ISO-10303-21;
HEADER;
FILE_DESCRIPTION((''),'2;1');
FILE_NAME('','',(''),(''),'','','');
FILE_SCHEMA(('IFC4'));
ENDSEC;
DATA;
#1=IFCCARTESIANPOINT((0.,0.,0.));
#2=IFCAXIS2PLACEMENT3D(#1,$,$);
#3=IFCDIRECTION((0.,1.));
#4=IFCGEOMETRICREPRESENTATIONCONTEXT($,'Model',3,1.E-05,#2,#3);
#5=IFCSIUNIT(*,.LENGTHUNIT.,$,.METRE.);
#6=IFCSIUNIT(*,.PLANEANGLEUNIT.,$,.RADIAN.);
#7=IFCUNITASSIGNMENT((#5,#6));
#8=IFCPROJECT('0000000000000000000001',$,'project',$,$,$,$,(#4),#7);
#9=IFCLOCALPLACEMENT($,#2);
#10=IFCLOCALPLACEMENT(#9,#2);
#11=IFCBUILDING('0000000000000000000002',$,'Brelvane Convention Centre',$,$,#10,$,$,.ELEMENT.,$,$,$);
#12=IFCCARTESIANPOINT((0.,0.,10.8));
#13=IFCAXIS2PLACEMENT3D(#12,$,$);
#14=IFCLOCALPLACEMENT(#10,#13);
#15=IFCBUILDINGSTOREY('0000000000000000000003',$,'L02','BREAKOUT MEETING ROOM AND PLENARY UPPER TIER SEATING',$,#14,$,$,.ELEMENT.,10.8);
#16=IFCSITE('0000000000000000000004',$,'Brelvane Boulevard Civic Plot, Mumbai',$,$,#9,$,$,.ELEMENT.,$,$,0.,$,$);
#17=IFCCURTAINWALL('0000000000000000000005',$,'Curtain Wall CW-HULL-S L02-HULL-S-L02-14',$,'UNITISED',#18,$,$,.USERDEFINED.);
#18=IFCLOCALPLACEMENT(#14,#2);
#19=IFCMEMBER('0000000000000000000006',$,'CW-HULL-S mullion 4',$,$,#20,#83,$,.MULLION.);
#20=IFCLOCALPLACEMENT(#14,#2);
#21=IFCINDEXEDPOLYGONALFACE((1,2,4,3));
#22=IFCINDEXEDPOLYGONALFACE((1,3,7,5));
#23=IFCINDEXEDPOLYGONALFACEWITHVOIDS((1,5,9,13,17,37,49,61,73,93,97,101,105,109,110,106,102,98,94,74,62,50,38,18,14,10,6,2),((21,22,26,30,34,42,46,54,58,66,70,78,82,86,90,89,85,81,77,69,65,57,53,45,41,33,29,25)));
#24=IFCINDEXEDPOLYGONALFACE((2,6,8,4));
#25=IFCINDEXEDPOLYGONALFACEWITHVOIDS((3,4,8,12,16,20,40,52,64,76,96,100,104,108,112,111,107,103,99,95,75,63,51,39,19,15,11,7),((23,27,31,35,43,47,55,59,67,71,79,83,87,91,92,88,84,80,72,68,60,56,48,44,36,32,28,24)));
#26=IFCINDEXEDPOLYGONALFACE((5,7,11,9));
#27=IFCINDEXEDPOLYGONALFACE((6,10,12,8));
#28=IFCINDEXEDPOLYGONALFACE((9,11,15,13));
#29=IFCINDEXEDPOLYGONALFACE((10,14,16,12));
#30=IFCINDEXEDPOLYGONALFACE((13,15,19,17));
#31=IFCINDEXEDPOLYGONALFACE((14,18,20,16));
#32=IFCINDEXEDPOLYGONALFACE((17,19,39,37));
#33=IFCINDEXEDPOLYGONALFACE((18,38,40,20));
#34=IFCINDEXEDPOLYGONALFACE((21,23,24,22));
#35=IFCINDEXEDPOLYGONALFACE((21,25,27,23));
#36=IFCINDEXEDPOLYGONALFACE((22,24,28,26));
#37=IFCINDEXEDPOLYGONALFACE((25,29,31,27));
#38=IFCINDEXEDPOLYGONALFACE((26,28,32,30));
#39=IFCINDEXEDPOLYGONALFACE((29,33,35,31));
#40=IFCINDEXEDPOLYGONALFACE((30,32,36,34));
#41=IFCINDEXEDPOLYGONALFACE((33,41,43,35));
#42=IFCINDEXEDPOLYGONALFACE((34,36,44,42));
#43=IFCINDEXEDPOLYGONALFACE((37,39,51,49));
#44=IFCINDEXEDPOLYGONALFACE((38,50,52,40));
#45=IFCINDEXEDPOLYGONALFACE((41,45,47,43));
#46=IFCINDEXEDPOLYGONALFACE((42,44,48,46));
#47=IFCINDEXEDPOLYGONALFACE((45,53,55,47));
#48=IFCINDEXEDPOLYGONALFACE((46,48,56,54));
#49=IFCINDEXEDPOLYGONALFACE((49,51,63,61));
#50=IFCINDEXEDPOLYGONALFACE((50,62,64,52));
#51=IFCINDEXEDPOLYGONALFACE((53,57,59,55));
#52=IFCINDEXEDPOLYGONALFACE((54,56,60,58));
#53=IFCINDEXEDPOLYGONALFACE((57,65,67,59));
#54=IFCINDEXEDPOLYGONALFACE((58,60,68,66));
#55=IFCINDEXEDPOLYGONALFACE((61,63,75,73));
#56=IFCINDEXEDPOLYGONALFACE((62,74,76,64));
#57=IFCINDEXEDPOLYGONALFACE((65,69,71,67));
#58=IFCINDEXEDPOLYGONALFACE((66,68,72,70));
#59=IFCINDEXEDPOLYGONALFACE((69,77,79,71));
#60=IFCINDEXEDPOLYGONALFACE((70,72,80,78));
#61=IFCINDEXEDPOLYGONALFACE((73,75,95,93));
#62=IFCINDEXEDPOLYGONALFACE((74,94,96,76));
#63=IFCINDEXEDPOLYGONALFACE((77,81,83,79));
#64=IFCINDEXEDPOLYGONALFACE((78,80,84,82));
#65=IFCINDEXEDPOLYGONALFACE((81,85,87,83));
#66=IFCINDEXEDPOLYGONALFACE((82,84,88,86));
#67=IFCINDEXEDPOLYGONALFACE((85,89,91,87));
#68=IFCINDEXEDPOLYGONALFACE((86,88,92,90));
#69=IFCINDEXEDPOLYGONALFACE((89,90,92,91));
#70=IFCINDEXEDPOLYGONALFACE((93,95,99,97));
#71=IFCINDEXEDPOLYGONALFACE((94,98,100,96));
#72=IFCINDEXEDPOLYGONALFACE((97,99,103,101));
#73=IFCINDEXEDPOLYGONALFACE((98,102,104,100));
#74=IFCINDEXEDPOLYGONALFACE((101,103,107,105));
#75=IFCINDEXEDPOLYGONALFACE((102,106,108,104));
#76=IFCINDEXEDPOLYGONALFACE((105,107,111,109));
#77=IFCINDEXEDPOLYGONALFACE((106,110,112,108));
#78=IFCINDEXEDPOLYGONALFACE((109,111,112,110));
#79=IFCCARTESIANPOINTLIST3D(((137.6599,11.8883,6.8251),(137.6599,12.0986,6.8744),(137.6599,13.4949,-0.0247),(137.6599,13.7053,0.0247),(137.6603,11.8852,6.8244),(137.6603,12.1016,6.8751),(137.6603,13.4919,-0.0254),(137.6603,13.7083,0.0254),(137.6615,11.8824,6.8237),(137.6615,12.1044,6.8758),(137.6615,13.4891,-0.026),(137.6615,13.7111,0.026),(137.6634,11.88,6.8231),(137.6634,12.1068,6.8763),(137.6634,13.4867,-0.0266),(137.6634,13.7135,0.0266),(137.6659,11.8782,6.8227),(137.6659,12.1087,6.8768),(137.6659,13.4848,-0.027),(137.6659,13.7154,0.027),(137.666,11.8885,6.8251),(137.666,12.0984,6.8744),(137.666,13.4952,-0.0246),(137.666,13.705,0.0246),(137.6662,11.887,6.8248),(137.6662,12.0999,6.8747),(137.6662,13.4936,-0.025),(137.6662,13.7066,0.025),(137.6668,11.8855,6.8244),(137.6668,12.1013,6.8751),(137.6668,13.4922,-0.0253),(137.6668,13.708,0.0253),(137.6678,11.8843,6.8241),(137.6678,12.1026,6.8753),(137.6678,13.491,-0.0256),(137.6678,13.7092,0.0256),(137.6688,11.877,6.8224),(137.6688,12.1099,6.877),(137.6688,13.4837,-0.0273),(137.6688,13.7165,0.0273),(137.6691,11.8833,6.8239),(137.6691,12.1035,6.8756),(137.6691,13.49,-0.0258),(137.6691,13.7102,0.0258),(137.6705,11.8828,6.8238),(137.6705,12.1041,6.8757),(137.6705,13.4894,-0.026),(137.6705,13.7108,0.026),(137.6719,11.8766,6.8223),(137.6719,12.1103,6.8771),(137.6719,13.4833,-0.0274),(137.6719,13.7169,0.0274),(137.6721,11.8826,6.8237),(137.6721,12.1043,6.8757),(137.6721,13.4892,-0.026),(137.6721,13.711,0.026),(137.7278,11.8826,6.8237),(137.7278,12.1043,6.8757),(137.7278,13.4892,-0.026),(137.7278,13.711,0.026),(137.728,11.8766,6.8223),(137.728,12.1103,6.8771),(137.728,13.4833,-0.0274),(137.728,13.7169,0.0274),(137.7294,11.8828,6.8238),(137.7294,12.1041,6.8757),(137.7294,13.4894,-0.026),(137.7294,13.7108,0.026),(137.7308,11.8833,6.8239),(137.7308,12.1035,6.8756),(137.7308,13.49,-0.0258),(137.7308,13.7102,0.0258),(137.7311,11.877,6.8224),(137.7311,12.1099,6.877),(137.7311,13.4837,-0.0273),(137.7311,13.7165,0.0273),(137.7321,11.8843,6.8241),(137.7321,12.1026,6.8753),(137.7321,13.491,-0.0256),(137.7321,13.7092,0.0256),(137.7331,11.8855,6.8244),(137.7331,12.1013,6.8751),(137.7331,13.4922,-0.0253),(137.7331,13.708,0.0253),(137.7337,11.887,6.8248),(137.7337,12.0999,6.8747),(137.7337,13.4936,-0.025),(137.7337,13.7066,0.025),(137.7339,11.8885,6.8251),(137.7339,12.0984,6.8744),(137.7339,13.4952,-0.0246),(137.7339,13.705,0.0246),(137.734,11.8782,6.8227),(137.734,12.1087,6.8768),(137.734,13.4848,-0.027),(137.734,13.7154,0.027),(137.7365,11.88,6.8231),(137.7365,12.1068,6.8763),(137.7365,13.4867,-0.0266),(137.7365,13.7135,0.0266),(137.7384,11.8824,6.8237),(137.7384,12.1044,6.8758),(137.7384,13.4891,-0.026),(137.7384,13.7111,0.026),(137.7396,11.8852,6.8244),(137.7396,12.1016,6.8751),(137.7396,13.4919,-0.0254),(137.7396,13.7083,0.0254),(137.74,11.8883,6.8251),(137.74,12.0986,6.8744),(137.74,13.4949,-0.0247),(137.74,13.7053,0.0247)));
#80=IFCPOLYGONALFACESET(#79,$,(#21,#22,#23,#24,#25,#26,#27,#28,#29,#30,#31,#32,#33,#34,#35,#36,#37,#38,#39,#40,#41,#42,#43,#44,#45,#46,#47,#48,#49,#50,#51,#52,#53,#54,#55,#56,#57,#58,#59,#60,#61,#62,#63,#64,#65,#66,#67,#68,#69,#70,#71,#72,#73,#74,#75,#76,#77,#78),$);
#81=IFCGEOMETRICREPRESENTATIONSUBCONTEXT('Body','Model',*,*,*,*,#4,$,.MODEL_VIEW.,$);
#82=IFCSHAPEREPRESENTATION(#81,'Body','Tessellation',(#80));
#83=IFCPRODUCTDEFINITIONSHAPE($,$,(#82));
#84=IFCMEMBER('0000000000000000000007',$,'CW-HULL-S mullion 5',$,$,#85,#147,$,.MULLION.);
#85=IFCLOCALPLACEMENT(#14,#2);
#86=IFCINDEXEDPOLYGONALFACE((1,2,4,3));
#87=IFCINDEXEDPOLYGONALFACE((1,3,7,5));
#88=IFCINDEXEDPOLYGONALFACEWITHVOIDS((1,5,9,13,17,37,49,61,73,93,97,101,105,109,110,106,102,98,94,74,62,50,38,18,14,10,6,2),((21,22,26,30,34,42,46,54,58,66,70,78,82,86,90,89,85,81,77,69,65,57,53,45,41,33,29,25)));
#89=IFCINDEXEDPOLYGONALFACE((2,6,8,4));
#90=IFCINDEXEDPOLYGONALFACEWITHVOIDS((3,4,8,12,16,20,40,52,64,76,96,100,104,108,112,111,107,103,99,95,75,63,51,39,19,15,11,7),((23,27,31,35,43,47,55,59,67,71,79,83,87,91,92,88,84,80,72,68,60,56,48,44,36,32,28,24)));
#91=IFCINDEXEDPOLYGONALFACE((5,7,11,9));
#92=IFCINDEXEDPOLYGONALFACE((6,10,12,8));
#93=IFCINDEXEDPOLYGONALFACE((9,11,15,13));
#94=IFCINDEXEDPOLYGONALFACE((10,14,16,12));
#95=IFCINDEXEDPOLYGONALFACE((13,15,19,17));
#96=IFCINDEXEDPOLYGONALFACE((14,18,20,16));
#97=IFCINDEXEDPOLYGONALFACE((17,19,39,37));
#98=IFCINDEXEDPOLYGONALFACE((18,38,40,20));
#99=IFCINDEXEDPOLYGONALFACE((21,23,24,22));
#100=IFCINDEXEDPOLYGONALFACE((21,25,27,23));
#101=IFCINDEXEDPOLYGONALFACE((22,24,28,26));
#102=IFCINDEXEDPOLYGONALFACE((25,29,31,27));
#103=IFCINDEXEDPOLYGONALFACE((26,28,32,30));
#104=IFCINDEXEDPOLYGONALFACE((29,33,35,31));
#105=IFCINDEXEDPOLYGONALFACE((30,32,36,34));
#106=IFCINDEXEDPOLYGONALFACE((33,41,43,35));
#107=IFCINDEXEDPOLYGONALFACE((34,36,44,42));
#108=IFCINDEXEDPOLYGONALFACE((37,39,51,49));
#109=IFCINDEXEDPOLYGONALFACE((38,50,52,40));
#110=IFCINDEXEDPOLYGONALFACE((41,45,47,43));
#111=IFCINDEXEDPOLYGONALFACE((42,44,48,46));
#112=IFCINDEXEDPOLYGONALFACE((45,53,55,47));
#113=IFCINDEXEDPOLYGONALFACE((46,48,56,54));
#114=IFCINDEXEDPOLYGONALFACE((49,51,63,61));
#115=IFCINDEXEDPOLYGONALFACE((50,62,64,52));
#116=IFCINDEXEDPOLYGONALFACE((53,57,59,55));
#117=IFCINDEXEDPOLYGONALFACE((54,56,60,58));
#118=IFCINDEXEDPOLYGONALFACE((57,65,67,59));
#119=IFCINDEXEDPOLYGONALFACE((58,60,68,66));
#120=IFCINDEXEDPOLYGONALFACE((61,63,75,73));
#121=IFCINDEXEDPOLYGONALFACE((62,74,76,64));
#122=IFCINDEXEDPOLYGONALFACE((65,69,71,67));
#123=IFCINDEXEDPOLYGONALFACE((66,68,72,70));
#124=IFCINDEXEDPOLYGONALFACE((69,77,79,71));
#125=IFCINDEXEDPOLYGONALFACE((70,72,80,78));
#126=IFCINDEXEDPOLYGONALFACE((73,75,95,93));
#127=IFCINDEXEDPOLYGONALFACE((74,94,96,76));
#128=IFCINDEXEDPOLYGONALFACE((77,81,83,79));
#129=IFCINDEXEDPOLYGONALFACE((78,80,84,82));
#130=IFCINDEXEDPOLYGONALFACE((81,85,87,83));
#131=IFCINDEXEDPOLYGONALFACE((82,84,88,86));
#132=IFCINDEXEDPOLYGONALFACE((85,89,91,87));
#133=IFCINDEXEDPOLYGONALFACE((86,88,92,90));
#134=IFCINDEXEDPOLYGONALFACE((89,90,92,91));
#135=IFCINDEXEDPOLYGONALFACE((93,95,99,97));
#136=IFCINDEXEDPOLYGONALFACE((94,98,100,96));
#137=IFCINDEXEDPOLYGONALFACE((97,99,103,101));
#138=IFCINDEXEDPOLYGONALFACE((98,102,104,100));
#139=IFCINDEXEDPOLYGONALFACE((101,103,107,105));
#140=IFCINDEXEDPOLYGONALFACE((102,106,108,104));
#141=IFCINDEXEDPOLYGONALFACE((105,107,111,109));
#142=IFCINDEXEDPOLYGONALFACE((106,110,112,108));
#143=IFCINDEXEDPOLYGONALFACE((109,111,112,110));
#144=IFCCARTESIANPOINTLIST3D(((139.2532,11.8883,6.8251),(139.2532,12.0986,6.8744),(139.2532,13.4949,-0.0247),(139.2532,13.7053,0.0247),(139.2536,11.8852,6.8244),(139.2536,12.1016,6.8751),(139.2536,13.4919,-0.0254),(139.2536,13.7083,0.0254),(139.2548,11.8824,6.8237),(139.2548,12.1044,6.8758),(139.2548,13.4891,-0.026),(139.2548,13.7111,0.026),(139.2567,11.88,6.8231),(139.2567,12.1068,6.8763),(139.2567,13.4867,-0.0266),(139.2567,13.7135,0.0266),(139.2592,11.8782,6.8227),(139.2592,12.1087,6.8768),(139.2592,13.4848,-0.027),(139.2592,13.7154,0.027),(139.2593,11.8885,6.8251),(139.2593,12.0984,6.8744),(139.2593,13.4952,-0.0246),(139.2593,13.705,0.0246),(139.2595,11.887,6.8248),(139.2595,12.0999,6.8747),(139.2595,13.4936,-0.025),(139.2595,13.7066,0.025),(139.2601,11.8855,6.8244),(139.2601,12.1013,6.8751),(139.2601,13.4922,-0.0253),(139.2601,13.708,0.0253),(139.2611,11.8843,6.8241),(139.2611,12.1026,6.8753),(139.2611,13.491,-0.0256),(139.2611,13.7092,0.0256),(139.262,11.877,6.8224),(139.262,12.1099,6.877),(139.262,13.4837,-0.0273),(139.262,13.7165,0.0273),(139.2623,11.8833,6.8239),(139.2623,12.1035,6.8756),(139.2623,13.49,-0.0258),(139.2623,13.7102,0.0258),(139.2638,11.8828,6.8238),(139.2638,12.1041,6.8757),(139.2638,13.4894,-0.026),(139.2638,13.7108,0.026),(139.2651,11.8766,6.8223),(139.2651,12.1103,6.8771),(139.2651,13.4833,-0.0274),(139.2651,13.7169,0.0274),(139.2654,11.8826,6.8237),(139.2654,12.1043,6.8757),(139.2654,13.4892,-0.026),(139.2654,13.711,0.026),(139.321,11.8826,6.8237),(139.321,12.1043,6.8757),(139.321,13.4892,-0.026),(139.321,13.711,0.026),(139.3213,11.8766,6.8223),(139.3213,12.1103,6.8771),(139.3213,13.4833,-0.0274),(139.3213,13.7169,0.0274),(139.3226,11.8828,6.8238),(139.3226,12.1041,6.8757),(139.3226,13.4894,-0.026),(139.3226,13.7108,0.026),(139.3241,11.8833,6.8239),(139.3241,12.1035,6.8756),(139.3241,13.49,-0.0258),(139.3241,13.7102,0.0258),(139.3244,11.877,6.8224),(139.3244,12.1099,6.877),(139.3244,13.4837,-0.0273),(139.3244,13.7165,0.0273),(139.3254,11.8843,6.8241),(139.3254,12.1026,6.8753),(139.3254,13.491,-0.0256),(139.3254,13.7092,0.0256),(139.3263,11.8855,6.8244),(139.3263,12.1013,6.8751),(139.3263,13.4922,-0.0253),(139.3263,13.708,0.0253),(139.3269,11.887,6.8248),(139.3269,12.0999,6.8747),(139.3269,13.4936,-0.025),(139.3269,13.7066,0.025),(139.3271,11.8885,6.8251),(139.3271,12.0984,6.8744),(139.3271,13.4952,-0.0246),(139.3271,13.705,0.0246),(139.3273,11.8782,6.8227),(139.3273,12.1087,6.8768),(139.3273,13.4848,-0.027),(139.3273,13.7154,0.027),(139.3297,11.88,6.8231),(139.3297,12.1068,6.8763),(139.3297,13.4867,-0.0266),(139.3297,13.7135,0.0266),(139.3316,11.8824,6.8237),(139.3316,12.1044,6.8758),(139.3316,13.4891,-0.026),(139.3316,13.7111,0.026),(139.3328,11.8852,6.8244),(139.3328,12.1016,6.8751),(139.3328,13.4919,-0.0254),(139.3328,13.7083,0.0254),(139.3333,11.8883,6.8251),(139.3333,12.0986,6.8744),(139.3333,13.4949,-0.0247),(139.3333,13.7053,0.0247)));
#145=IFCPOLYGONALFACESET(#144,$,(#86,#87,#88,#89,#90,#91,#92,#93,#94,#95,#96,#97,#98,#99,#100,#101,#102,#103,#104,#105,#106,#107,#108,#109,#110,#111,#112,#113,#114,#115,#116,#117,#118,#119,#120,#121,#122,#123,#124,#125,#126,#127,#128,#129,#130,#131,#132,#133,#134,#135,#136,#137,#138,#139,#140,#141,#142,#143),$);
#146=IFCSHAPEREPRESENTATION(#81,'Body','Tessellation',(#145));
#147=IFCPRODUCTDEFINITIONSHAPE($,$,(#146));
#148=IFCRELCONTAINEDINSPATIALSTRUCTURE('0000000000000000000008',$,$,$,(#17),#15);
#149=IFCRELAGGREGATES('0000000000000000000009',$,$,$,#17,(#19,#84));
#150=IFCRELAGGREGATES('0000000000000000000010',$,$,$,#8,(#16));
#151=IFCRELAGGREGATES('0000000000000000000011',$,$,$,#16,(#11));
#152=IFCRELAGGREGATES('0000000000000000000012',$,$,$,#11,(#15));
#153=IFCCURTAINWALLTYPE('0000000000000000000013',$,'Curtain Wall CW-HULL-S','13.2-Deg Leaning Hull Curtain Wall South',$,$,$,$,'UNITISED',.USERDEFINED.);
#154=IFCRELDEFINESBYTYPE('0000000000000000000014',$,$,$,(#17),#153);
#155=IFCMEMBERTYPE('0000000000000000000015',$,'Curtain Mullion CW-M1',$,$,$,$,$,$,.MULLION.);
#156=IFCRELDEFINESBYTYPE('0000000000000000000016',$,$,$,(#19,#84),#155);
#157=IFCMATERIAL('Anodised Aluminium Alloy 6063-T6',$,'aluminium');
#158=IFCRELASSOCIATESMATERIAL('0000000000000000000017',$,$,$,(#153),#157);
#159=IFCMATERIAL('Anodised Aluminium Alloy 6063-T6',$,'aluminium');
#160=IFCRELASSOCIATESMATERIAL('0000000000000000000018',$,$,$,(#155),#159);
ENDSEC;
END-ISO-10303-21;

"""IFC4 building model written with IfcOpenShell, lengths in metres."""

from ifc_helpers import new_model, si_unit, direction, frame, origin, origin_2d, place, context, subcontext, project, spatial, hollow_rectangle, extrude, material, material_profile, profile_set, type_object, element, aggregate, save


model = new_model("IFC4")

# Units and contexts
model_context = context("Model", 3, precision=1e-05, world=origin(), true_north=direction((0.0, 1.0)))
body_context = subcontext(model_context, "Body", "Model", "MODEL_VIEW")
ifc_project = project(units=[si_unit("LENGTHUNIT", "METRE"), si_unit("PLANEANGLEUNIT", "RADIAN")], contexts=[model_context])

# Site, building, storey
site_placement = place(None, origin())
site = spatial("IfcSite", under=ifc_project, at=site_placement, Name="Brelvane Boulevard Civic Plot, Mumbai", CompositionType="ELEMENT", RefElevation=0.0)
building_placement = place(site_placement, origin())
building = spatial("IfcBuilding", under=site, at=building_placement, Name="Brelvane Convention Centre", CompositionType="ELEMENT")
storey_placement = place(building_placement, frame((0.0, 0.0, 10.8)))
storey = spatial("IfcBuildingStorey", under=building, at=storey_placement, Name="L02", Description="BREAKOUT MEETING ROOM AND PLENARY UPPER TIER SEATING", CompositionType="ELEMENT", Elevation=10.8)

# Curtain wall, members
ifc_material_1 = material(Name="Anodised Aluminium Alloy 6063-T6", Category="aluminium")
curtain_wall_type = type_object("IfcCurtainWallType", Name="Curtain Wall CW-HULL-S", Description="13.2-Deg Leaning Hull Curtain Wall South", ElementType="UNITISED", PredefinedType="USERDEFINED", material=ifc_material_1)
ifc_material_2 = material(Name="Anodised Aluminium Alloy 6063-T6", Category="aluminium")
ifc_material_profile_1 = material_profile(ifc_material_2, hollow_rectangle(XDim=0.0801, YDim=0.24, WallThickness=0.0061, InnerFilletRadius=0.0061, OuterFilletRadius=0.012, at=origin_2d()), Name="ALU-M 240x80x6.0")
ifc_profile_set_1 = profile_set([ifc_material_profile_1], Name="Anodised Aluminium Alloy 6063-T6")
member_type_1 = type_object("IfcMemberType", Name="Curtain Mullion CW-M1", PredefinedType="MULLION", material=ifc_profile_set_1)
curtain_wall_1_placement = place(storey_placement, origin())
curtain_wall_1 = element("IfcCurtainWall", 1, at=curtain_wall_1_placement, inside=storey, type_object=curtain_wall_type, Name="Curtain Wall CW-HULL-S L02-HULL-S-L02-14", ObjectType="UNITISED", PredefinedType="USERDEFINED")
member_1_placement = place(storey_placement, frame((137.7, 13.6001, 0.0), z_axis=(0.0, -0.22836, 0.973577), x_axis=(1.0, 0.0, 0.0)))
member_1 = element("IfcMember", 2, at=member_1_placement, type_object=member_type_1, Name="CW-HULL-S mullion 4", PredefinedType="MULLION", context=body_context, shape_type="SweptSolid", body=[
    extrude(hollow_rectangle(XDim=0.0801, YDim=0.24, WallThickness=0.0061, InnerFilletRadius=0.0061, OuterFilletRadius=0.012, at=origin_2d()), origin(), (0.0, 0.0, 1.0), 7.0356),
])
member_2_placement = place(storey_placement, frame((139.2932, 13.6001, 0.0), z_axis=(0.0, -0.22836, 0.973577), x_axis=(1.0, 0.0, 0.0)))
member_2 = element("IfcMember", 3, at=member_2_placement, type_object=member_type_1, Name="CW-HULL-S mullion 5", PredefinedType="MULLION", context=body_context, shape_type="SweptSolid", body=[
    extrude(hollow_rectangle(XDim=0.0801, YDim=0.24, WallThickness=0.0061, InnerFilletRadius=0.0061, OuterFilletRadius=0.012, at=origin_2d()), origin(), (0.0, 0.0, 1.0), 7.0356),
])

aggregate(curtain_wall_1, [member_1, member_2])

save(model, "model.ifc")
